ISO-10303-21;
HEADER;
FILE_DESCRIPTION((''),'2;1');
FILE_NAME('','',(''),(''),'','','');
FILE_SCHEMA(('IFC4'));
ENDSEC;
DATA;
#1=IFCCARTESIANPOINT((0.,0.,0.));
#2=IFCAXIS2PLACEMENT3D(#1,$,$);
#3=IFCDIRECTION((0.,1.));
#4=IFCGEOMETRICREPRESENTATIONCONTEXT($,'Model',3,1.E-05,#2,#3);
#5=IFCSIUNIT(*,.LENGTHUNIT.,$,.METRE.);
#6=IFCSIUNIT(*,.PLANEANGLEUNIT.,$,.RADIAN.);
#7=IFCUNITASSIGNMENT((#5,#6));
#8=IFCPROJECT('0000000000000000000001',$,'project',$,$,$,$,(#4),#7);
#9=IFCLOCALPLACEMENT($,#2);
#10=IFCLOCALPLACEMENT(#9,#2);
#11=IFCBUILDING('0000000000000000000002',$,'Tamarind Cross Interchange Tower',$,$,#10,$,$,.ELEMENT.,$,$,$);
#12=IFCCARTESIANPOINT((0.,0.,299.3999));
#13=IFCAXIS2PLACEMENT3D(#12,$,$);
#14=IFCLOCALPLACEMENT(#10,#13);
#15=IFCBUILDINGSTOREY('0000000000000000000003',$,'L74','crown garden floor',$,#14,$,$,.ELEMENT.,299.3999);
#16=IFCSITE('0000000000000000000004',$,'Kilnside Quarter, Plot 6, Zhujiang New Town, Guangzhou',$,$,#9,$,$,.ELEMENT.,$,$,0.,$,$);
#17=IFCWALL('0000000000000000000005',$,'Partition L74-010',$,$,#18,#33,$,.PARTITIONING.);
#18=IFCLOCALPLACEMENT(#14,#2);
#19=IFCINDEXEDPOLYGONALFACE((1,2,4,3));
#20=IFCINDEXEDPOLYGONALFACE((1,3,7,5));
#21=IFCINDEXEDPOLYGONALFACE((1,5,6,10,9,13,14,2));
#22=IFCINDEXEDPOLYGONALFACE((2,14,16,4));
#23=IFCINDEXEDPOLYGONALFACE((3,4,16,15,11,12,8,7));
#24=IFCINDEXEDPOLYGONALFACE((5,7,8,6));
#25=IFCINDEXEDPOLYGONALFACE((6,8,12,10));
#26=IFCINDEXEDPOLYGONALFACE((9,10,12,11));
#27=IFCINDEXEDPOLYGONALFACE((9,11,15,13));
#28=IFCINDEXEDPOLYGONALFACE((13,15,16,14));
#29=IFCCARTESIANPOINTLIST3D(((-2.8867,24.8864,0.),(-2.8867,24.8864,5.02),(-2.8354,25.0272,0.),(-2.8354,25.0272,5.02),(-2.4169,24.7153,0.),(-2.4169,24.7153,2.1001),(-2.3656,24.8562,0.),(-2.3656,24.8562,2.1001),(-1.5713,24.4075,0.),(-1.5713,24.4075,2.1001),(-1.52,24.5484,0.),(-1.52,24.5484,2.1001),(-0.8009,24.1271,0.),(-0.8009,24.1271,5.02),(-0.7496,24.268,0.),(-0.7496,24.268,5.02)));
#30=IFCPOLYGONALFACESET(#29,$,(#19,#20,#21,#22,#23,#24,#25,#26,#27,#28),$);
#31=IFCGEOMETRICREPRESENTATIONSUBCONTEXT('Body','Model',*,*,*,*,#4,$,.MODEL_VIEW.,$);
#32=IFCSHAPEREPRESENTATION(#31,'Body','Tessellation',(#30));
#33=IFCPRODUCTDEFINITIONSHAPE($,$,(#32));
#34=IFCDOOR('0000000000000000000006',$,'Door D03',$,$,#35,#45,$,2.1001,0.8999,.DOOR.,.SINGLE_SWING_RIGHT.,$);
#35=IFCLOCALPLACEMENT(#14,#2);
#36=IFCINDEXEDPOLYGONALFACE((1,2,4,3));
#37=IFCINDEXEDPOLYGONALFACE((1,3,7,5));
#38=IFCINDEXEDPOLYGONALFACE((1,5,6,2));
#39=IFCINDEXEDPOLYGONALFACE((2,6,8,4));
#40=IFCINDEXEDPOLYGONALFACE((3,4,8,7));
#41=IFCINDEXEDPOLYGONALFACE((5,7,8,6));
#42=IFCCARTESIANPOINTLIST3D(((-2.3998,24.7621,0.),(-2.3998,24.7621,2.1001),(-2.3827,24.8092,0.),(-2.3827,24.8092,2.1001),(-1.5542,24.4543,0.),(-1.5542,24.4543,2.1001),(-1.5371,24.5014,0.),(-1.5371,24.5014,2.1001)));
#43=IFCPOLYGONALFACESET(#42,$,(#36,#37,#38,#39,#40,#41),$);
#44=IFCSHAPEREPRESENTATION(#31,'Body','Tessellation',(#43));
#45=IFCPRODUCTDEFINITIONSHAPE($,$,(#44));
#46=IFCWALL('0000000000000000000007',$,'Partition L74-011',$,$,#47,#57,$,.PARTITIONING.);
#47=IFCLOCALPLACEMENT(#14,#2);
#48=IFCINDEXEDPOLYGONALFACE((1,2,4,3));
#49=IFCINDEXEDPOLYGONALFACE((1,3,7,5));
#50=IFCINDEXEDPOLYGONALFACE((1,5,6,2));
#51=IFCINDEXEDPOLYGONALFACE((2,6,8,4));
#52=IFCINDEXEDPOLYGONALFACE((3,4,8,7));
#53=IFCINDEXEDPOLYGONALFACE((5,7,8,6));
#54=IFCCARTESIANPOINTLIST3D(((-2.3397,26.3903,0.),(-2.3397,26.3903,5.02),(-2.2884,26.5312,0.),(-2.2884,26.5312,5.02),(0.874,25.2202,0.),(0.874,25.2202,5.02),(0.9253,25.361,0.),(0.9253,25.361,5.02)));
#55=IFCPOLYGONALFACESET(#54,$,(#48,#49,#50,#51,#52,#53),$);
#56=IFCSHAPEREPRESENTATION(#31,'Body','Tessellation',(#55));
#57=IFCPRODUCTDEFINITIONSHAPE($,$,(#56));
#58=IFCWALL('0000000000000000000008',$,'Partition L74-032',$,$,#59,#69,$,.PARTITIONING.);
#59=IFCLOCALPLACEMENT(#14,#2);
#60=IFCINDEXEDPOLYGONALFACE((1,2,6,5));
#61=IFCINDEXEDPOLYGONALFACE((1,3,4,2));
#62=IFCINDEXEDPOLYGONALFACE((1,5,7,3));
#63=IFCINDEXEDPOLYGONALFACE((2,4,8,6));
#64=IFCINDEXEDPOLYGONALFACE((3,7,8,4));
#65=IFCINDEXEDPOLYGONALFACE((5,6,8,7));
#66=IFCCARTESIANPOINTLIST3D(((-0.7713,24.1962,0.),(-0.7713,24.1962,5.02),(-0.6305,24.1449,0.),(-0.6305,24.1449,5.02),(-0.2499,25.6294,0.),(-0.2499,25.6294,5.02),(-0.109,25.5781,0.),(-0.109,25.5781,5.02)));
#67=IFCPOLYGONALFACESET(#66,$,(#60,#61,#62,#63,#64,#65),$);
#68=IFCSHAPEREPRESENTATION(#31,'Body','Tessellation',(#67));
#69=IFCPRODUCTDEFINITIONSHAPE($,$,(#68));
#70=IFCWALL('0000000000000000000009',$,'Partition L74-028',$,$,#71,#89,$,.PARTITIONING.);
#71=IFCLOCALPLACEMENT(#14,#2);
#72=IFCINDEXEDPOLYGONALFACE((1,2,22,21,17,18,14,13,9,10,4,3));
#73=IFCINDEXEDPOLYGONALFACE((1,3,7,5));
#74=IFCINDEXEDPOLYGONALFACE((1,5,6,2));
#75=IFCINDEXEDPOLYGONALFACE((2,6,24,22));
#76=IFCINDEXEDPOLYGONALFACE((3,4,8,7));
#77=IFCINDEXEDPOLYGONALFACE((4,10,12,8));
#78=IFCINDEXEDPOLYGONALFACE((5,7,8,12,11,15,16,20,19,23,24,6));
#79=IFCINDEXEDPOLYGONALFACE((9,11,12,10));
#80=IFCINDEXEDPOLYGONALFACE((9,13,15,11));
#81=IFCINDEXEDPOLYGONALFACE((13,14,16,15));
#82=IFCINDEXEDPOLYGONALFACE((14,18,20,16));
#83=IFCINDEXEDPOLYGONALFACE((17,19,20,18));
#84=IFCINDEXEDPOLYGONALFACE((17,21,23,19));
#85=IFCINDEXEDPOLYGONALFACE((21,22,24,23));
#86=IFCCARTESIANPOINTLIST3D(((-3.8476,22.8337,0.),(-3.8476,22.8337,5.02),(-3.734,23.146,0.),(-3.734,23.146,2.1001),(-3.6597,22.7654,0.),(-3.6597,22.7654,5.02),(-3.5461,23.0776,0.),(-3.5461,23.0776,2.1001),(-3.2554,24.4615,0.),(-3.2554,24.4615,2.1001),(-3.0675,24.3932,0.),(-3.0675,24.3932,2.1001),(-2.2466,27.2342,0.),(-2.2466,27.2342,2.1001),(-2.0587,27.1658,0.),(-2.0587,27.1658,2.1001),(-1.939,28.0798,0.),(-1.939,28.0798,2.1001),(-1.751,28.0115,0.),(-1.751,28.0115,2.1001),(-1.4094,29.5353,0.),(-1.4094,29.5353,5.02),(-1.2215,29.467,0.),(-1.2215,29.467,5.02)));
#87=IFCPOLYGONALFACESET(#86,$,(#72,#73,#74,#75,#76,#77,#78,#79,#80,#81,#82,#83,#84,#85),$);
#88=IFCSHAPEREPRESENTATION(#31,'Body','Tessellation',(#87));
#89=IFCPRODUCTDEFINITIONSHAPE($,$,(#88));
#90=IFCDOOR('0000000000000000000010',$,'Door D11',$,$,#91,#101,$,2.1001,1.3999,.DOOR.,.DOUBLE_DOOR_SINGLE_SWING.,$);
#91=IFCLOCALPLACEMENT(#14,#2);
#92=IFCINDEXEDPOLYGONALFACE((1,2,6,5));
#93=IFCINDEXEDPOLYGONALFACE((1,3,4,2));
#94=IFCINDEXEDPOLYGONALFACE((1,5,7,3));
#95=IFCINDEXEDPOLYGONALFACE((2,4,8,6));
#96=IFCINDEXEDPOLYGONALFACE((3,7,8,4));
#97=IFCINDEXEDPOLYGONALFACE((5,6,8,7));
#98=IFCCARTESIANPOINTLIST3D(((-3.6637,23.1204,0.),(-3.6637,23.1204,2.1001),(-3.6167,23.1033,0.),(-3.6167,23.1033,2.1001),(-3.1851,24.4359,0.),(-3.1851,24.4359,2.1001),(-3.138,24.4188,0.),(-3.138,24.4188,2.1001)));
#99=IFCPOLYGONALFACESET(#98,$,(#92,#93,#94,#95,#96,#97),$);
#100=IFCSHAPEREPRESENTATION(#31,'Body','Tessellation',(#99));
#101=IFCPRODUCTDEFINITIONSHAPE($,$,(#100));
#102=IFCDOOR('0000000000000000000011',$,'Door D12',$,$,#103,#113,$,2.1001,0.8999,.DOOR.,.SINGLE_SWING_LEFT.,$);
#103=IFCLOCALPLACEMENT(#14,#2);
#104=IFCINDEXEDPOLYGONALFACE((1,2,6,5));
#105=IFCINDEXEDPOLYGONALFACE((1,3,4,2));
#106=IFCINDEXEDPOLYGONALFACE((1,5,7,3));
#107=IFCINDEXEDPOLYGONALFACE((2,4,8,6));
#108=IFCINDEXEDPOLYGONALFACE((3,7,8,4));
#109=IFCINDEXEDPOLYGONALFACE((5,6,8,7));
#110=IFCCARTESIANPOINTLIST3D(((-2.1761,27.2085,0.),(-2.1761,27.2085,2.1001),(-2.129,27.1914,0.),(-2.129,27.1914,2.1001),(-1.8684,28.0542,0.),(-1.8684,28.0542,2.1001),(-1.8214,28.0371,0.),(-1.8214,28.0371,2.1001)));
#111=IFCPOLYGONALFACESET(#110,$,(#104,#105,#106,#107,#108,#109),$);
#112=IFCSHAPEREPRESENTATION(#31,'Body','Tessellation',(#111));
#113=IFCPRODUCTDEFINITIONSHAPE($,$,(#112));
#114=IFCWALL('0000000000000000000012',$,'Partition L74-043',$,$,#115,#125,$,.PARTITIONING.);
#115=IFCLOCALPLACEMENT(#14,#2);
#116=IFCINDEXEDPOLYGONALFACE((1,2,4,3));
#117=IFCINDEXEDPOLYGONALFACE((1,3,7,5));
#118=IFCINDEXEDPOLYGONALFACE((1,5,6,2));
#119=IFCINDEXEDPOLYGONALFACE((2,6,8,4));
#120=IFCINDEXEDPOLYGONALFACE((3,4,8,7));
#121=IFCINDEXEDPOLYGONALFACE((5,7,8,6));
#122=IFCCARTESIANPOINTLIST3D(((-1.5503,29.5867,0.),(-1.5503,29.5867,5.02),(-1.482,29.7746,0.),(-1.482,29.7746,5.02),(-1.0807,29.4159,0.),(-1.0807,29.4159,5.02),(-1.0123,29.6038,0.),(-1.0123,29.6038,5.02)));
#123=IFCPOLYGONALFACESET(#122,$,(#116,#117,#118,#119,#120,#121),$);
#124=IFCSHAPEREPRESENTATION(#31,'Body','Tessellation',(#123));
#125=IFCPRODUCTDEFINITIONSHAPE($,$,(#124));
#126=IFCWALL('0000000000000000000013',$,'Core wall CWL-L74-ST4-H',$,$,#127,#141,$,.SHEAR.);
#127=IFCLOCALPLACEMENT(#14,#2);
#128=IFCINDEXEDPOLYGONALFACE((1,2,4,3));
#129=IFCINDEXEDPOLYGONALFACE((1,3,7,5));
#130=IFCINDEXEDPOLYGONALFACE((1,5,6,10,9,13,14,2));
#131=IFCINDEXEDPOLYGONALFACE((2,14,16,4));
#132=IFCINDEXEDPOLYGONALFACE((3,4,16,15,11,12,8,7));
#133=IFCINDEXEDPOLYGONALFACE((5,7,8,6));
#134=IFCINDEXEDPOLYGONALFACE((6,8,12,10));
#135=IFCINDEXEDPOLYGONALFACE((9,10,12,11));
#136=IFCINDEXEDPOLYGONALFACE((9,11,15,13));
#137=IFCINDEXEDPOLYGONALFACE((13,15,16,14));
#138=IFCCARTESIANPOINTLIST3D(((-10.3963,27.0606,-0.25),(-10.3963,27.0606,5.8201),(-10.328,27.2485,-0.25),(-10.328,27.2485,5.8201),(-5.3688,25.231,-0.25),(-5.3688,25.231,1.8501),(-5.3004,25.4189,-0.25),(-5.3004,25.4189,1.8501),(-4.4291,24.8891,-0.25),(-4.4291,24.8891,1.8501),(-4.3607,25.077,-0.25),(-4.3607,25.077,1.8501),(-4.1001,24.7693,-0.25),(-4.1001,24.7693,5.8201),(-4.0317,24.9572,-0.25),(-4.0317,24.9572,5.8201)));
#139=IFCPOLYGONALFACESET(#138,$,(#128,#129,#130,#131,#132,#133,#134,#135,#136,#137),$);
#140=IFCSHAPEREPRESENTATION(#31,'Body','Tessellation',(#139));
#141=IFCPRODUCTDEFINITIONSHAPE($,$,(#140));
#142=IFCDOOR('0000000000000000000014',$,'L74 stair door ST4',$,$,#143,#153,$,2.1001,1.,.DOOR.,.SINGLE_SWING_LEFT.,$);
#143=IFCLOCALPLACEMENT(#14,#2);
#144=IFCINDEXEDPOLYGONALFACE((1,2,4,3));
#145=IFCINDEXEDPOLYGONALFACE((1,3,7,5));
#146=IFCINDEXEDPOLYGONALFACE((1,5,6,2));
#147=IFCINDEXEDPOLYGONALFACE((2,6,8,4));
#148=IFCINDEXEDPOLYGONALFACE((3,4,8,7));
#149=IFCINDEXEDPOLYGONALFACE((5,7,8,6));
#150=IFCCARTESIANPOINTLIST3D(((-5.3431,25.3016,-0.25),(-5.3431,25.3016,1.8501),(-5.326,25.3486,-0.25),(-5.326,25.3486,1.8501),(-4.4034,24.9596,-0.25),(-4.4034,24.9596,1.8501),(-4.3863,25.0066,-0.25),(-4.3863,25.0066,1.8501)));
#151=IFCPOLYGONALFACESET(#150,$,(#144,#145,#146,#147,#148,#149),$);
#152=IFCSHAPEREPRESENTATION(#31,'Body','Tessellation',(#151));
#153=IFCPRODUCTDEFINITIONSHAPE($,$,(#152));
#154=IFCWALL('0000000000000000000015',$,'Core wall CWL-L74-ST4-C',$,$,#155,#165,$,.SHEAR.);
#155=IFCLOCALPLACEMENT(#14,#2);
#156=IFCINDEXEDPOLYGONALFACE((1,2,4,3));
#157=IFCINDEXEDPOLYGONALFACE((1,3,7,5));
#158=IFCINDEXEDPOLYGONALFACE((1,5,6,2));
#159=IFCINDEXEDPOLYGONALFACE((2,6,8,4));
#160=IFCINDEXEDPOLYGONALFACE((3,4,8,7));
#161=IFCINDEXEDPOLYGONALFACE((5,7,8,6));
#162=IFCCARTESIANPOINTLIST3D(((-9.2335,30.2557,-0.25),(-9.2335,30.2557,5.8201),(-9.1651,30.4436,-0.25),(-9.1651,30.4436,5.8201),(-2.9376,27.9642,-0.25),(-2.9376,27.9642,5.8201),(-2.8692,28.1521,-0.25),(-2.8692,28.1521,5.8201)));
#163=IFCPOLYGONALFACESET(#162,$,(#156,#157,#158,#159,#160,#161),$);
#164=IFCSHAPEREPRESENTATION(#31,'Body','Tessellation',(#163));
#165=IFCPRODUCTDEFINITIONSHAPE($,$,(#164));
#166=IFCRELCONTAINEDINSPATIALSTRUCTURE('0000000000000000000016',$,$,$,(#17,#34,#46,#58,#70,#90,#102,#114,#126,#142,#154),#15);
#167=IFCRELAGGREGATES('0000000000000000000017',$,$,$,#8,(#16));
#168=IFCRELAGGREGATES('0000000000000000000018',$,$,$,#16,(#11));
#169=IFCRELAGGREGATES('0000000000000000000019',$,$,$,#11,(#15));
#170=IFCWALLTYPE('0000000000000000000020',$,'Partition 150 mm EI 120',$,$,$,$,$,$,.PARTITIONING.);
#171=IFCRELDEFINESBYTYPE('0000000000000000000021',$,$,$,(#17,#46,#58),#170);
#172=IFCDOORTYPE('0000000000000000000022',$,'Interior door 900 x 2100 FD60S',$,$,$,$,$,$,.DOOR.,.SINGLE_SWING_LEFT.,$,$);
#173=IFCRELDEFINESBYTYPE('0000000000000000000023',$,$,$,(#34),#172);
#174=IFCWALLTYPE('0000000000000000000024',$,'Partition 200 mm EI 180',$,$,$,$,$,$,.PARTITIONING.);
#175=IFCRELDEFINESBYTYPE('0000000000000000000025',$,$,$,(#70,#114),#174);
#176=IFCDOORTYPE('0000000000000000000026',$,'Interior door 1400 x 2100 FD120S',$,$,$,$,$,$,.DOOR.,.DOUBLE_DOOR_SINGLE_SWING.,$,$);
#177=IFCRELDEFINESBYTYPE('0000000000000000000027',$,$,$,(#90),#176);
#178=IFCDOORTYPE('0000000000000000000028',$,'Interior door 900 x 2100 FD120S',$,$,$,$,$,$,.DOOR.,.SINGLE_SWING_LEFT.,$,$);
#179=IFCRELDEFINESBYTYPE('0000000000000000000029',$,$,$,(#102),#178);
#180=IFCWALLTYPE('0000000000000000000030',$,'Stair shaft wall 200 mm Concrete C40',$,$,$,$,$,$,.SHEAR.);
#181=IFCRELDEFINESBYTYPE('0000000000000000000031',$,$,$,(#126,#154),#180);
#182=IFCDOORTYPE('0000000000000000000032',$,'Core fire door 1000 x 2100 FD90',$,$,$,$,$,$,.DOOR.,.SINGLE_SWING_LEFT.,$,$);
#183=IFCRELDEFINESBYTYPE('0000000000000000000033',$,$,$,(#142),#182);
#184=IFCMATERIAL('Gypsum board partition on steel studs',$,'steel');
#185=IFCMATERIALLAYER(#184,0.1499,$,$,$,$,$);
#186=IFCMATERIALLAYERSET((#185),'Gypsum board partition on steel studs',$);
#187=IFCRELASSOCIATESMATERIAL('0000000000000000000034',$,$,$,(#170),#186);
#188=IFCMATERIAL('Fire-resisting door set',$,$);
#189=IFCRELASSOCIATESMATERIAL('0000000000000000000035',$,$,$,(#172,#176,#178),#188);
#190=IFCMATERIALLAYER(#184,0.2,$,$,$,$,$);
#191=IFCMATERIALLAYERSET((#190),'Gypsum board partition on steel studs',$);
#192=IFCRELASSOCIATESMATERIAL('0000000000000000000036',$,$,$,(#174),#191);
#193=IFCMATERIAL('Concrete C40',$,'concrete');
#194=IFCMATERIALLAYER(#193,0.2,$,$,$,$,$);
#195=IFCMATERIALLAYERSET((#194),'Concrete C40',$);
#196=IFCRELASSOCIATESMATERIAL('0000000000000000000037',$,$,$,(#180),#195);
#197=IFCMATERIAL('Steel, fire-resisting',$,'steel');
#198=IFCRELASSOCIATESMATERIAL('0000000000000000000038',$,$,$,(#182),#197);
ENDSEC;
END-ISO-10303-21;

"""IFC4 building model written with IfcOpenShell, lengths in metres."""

from ifc_helpers import new_model, si_unit, direction, frame, frame_2d, origin, place, context, subcontext, project, spatial, rectangle, extrude, material, layer, layer_set, type_object, element, fill, save


model = new_model("IFC4")

# Units and contexts
model_context = context("Model", 3, precision=1e-05, world=origin(), true_north=direction((0.0, 1.0)))
body_context = subcontext(model_context, "Body", "Model", "MODEL_VIEW")
ifc_project = project(units=[si_unit("LENGTHUNIT", "METRE"), si_unit("PLANEANGLEUNIT", "RADIAN")], contexts=[model_context])

# Site, building, storey
site_placement = place(None, origin())
site = spatial("IfcSite", under=ifc_project, at=site_placement, Name="Kilnside Quarter, Plot 6, Zhujiang New Town, Guangzhou", CompositionType="ELEMENT", RefElevation=0.0)
building_placement = place(site_placement, origin())
building = spatial("IfcBuilding", under=site, at=building_placement, Name="Tamarind Cross Interchange Tower", CompositionType="ELEMENT")
storey_placement = place(building_placement, frame((0.0, 0.0, 299.3999)))
storey = spatial("IfcBuildingStorey", under=building, at=storey_placement, Name="L74", Description="crown garden floor", CompositionType="ELEMENT", Elevation=299.3999)

# Shared definitions
ifc_material_1 = material(Name="Gypsum board partition on steel studs", Category="steel")
ifc_layer_1 = layer(ifc_material_1, 0.1499)
ifc_layer_set_1 = layer_set([ifc_layer_1], Name="Gypsum board partition on steel studs")
wall_type_1 = type_object("IfcWallType", Name="Partition 150 mm EI 120", PredefinedType="PARTITIONING", material=ifc_layer_set_1)
ifc_material_2 = material(Name="Fire-resisting door set")

# Wall, opening, door
wall_1_placement = place(storey_placement, frame((-2.8611, 24.9568, 0.0), z_axis=(0.0, 0.0, 1.0), x_axis=(0.939684, -0.342043, 0.0)))
wall_1 = element("IfcWall", 1, at=wall_1_placement, inside=storey, type_object=wall_type_1, Name="Partition L74-010", PredefinedType="PARTITIONING", context=body_context, shape_type="SweptSolid", body=[
    extrude(rectangle(XDim=2.2197, YDim=0.1499, at=frame_2d((1.1099, 0.0))), origin(), (0.0, 0.0, 1.0), 5.02),
])
opening_1_placement = place(wall_1_placement, frame((0.5, 0.0, 0.0)))
opening_1 = element("IfcOpeningElement", 2, at=opening_1_placement, cuts=wall_1, PredefinedType="OPENING", context=body_context, shape_type="SweptSolid", body=[
    extrude(rectangle(XDim=0.8999, YDim=2.1001, at=frame_2d((0.45, 1.05))), frame((0.0, 0.085, 0.0), z_axis=(0.0, -1.0, 0.0), x_axis=(1.0, 0.0, 0.0)), (0.0, 0.0, 1.0), 0.1699),
])
door_type_1 = type_object("IfcDoorType", Name="Interior door 900 x 2100 FD60S", OperationType="SINGLE_SWING_LEFT", PredefinedType="DOOR", material=ifc_material_2)
door_1_placement = place(opening_1_placement, origin())
door_1 = element("IfcDoor", 3, at=door_1_placement, inside=storey, type_object=door_type_1, Name="Door D03", OperationType="SINGLE_SWING_RIGHT", OverallHeight=2.1001, OverallWidth=0.8999, PredefinedType="DOOR", context=body_context, shape_type="SweptSolid", body=[
    extrude(rectangle(XDim=0.8999, YDim=2.1001, at=frame_2d((0.45, 1.05))), frame((0.0, 0.0249, 0.0), z_axis=(0.0, -1.0, 0.0), x_axis=(1.0, 0.0, 0.0)), (0.0, 0.0, 1.0), 0.05),
])
fill(opening_1, door_1)

# Walls
wall_2_placement = place(storey_placement, frame((-2.314, 26.4607, 0.0), z_axis=(0.0, 0.0, 1.0), x_axis=(0.939654, -0.342127, 0.0)))
element("IfcWall", 4, at=wall_2_placement, inside=storey, type_object=wall_type_1, Name="Partition L74-011", PredefinedType="PARTITIONING", context=body_context, shape_type="SweptSolid", body=[
    extrude(rectangle(XDim=3.4202, YDim=0.1499, at=frame_2d((1.71, 0.0))), origin(), (0.0, 0.0, 1.0), 5.02),
])
wall_3_placement = place(storey_placement, frame((-0.7009, 24.1704, 0.0), z_axis=(0.0, 0.0, 1.0), x_axis=(0.341897, 0.939737, 0.0)))
element("IfcWall", 5, at=wall_3_placement, inside=storey, type_object=wall_type_1, Name="Partition L74-032", PredefinedType="PARTITIONING", context=body_context, shape_type="SweptSolid", body=[
    extrude(rectangle(XDim=1.5251, YDim=0.1499, at=frame_2d((0.7627, 0.0))), origin(), (0.0, 0.0, 1.0), 5.02),
])

# Wall, openings, doors
ifc_layer_2 = layer(ifc_material_1, 0.2)
ifc_layer_set_2 = layer_set([ifc_layer_2], Name="Gypsum board partition on steel studs")
wall_type_2 = type_object("IfcWallType", Name="Partition 200 mm EI 180", PredefinedType="PARTITIONING", material=ifc_layer_set_2)
wall_4_placement = place(storey_placement, frame((-3.7537, 22.7996, 0.0), z_axis=(0.0, 0.0, 1.0), x_axis=(0.3419, 0.939736, 0.0)))
wall_4 = element("IfcWall", 6, at=wall_4_placement, inside=storey, type_object=wall_type_2, Name="Partition L74-028", PredefinedType="PARTITIONING", context=body_context, shape_type="SweptSolid", body=[
    extrude(rectangle(XDim=7.1313, YDim=0.2, at=frame_2d((3.5657, 0.0))), origin(), (0.0, 0.0, 1.0), 5.02),
])
opening_2_placement = place(wall_4_placement, frame((0.3323, 0.0, 0.0)))
opening_2 = element("IfcOpeningElement", 7, at=opening_2_placement, cuts=wall_4, PredefinedType="OPENING", context=body_context, shape_type="SweptSolid", body=[
    extrude(rectangle(XDim=1.3999, YDim=2.1001, at=frame_2d((0.7, 1.05))), frame((0.0, 0.1099, 0.0), z_axis=(0.0, -1.0, 0.0), x_axis=(1.0, 0.0, 0.0)), (0.0, 0.0, 1.0), 0.22),
])
opening_3_placement = place(wall_4_placement, frame((4.6826, 0.0, 0.0)))
opening_3 = element("IfcOpeningElement", 8, at=opening_3_placement, cuts=wall_4, PredefinedType="OPENING", context=body_context, shape_type="SweptSolid", body=[
    extrude(rectangle(XDim=0.8999, YDim=2.1001, at=frame_2d((0.45, 1.05))), frame((0.0, 0.1099, 0.0), z_axis=(0.0, -1.0, 0.0), x_axis=(1.0, 0.0, 0.0)), (0.0, 0.0, 1.0), 0.22),
])
door_type_2 = type_object("IfcDoorType", Name="Interior door 1400 x 2100 FD120S", OperationType="DOUBLE_DOOR_SINGLE_SWING", PredefinedType="DOOR", material=ifc_material_2)
door_2_placement = place(opening_2_placement, frame((1.3999, 0.0, 0.0), z_axis=(0.0, 0.0, 1.0), x_axis=(-1.0, 0.0, 0.0)))
door_2 = element("IfcDoor", 9, at=door_2_placement, inside=storey, type_object=door_type_2, Name="Door D11", OperationType="DOUBLE_DOOR_SINGLE_SWING", OverallHeight=2.1001, OverallWidth=1.3999, PredefinedType="DOOR", context=body_context, shape_type="SweptSolid", body=[
    extrude(rectangle(XDim=1.3999, YDim=2.1001, at=frame_2d((0.7, 1.05))), frame((0.0, 0.0249, 0.0), z_axis=(0.0, -1.0, 0.0), x_axis=(1.0, 0.0, 0.0)), (0.0, 0.0, 1.0), 0.05),
])
fill(opening_2, door_2)
door_type_3 = type_object("IfcDoorType", Name="Interior door 900 x 2100 FD120S", OperationType="SINGLE_SWING_LEFT", PredefinedType="DOOR", material=ifc_material_2)
door_3_placement = place(opening_3_placement, origin())
door_3 = element("IfcDoor", 10, at=door_3_placement, inside=storey, type_object=door_type_3, Name="Door D12", OperationType="SINGLE_SWING_LEFT", OverallHeight=2.1001, OverallWidth=0.8999, PredefinedType="DOOR", context=body_context, shape_type="SweptSolid", body=[
    extrude(rectangle(XDim=0.8999, YDim=2.1001, at=frame_2d((0.45, 1.05))), frame((0.0, 0.0249, 0.0), z_axis=(0.0, -1.0, 0.0), x_axis=(1.0, 0.0, 0.0)), (0.0, 0.0, 1.0), 0.05),
])
fill(opening_3, door_3)

# Wall
wall_5_placement = place(storey_placement, frame((-1.0464, 29.5098, 0.0), z_axis=(0.0, 0.0, 1.0), x_axis=(-0.939736, 0.3419, 0.0)))
element("IfcWall", 11, at=wall_5_placement, inside=storey, type_object=wall_type_2, Name="Partition L74-043", PredefinedType="PARTITIONING", context=body_context, shape_type="SweptSolid", body=[
    extrude(rectangle(XDim=0.4998, YDim=0.2, at=frame_2d((0.25, 0.0))), origin(), (0.0, 0.0, 1.0), 5.02),
])

# Wall, opening, door
ifc_material_3 = material(Name="Concrete C40", Category="concrete")
ifc_layer_3 = layer(ifc_material_3, 0.2)
ifc_layer_set_3 = layer_set([ifc_layer_3], Name="Concrete C40")
wall_type_3 = type_object("IfcWallType", Name="Stair shaft wall 200 mm Concrete C40", PredefinedType="SHEAR", material=ifc_layer_set_3)
wall_6_placement = place(storey_placement, frame((-4.0659, 24.8633, -0.25), z_axis=(0.0, 0.0, 1.0), x_axis=(-0.939709, 0.341974, 0.0)))
wall_6 = element("IfcWall", 12, at=wall_6_placement, inside=storey, type_object=wall_type_3, Name="Core wall CWL-L74-ST4-H", PredefinedType="SHEAR", context=body_context, shape_type="SweptSolid", body=[
    extrude(rectangle(XDim=6.7002, YDim=0.2, at=frame_2d((3.3501, 0.0))), origin(), (0.0, 0.0, 1.0), 6.0701),
])
opening_4_placement = place(wall_6_placement, frame((0.3501, 0.0, 0.0)))
opening_4 = element("IfcOpeningElement", 13, at=opening_4_placement, cuts=wall_6, PredefinedType="OPENING", context=body_context, shape_type="SweptSolid", body=[
    extrude(rectangle(XDim=1.0, YDim=2.1001, at=frame_2d((0.5, 1.05))), frame((0.0, 0.1099, 0.0), z_axis=(0.0, -1.0, 0.0), x_axis=(1.0, 0.0, 0.0)), (0.0, 0.0, 1.0), 0.22),
])
ifc_material_4 = material(Name="Steel, fire-resisting", Category="steel")
door_type_4 = type_object("IfcDoorType", Name="Core fire door 1000 x 2100 FD90", OperationType="SINGLE_SWING_LEFT", PredefinedType="DOOR", material=ifc_material_4)
door_4_placement = place(opening_4_placement, origin())
door_4 = element("IfcDoor", 14, at=door_4_placement, inside=storey, type_object=door_type_4, Name="L74 stair door ST4", OperationType="SINGLE_SWING_LEFT", OverallHeight=2.1001, OverallWidth=1.0, PredefinedType="DOOR", context=body_context, shape_type="SweptSolid", body=[
    extrude(rectangle(XDim=1.0, YDim=2.1001, at=frame_2d((0.5, 1.05))), frame((0.0, 0.0249, 0.0), z_axis=(0.0, -1.0, 0.0), x_axis=(1.0, 0.0, 0.0)), (0.0, 0.0, 1.0), 0.05),
])
fill(opening_4, door_4)

# Wall
wall_7_placement = place(storey_placement, frame((-2.9033, 28.0581, -0.25), z_axis=(0.0, 0.0, 1.0), x_axis=(-0.939693, 0.342018, 0.0)))
element("IfcWall", 15, at=wall_7_placement, inside=storey, type_object=wall_type_3, Name="Core wall CWL-L74-ST4-C", PredefinedType="SHEAR", context=body_context, shape_type="SweptSolid", body=[
    extrude(rectangle(XDim=6.7, YDim=0.2, at=frame_2d((3.3501, 0.0))), origin(), (0.0, 0.0, 1.0), 6.0701),
])

save(model, "model.ifc")
